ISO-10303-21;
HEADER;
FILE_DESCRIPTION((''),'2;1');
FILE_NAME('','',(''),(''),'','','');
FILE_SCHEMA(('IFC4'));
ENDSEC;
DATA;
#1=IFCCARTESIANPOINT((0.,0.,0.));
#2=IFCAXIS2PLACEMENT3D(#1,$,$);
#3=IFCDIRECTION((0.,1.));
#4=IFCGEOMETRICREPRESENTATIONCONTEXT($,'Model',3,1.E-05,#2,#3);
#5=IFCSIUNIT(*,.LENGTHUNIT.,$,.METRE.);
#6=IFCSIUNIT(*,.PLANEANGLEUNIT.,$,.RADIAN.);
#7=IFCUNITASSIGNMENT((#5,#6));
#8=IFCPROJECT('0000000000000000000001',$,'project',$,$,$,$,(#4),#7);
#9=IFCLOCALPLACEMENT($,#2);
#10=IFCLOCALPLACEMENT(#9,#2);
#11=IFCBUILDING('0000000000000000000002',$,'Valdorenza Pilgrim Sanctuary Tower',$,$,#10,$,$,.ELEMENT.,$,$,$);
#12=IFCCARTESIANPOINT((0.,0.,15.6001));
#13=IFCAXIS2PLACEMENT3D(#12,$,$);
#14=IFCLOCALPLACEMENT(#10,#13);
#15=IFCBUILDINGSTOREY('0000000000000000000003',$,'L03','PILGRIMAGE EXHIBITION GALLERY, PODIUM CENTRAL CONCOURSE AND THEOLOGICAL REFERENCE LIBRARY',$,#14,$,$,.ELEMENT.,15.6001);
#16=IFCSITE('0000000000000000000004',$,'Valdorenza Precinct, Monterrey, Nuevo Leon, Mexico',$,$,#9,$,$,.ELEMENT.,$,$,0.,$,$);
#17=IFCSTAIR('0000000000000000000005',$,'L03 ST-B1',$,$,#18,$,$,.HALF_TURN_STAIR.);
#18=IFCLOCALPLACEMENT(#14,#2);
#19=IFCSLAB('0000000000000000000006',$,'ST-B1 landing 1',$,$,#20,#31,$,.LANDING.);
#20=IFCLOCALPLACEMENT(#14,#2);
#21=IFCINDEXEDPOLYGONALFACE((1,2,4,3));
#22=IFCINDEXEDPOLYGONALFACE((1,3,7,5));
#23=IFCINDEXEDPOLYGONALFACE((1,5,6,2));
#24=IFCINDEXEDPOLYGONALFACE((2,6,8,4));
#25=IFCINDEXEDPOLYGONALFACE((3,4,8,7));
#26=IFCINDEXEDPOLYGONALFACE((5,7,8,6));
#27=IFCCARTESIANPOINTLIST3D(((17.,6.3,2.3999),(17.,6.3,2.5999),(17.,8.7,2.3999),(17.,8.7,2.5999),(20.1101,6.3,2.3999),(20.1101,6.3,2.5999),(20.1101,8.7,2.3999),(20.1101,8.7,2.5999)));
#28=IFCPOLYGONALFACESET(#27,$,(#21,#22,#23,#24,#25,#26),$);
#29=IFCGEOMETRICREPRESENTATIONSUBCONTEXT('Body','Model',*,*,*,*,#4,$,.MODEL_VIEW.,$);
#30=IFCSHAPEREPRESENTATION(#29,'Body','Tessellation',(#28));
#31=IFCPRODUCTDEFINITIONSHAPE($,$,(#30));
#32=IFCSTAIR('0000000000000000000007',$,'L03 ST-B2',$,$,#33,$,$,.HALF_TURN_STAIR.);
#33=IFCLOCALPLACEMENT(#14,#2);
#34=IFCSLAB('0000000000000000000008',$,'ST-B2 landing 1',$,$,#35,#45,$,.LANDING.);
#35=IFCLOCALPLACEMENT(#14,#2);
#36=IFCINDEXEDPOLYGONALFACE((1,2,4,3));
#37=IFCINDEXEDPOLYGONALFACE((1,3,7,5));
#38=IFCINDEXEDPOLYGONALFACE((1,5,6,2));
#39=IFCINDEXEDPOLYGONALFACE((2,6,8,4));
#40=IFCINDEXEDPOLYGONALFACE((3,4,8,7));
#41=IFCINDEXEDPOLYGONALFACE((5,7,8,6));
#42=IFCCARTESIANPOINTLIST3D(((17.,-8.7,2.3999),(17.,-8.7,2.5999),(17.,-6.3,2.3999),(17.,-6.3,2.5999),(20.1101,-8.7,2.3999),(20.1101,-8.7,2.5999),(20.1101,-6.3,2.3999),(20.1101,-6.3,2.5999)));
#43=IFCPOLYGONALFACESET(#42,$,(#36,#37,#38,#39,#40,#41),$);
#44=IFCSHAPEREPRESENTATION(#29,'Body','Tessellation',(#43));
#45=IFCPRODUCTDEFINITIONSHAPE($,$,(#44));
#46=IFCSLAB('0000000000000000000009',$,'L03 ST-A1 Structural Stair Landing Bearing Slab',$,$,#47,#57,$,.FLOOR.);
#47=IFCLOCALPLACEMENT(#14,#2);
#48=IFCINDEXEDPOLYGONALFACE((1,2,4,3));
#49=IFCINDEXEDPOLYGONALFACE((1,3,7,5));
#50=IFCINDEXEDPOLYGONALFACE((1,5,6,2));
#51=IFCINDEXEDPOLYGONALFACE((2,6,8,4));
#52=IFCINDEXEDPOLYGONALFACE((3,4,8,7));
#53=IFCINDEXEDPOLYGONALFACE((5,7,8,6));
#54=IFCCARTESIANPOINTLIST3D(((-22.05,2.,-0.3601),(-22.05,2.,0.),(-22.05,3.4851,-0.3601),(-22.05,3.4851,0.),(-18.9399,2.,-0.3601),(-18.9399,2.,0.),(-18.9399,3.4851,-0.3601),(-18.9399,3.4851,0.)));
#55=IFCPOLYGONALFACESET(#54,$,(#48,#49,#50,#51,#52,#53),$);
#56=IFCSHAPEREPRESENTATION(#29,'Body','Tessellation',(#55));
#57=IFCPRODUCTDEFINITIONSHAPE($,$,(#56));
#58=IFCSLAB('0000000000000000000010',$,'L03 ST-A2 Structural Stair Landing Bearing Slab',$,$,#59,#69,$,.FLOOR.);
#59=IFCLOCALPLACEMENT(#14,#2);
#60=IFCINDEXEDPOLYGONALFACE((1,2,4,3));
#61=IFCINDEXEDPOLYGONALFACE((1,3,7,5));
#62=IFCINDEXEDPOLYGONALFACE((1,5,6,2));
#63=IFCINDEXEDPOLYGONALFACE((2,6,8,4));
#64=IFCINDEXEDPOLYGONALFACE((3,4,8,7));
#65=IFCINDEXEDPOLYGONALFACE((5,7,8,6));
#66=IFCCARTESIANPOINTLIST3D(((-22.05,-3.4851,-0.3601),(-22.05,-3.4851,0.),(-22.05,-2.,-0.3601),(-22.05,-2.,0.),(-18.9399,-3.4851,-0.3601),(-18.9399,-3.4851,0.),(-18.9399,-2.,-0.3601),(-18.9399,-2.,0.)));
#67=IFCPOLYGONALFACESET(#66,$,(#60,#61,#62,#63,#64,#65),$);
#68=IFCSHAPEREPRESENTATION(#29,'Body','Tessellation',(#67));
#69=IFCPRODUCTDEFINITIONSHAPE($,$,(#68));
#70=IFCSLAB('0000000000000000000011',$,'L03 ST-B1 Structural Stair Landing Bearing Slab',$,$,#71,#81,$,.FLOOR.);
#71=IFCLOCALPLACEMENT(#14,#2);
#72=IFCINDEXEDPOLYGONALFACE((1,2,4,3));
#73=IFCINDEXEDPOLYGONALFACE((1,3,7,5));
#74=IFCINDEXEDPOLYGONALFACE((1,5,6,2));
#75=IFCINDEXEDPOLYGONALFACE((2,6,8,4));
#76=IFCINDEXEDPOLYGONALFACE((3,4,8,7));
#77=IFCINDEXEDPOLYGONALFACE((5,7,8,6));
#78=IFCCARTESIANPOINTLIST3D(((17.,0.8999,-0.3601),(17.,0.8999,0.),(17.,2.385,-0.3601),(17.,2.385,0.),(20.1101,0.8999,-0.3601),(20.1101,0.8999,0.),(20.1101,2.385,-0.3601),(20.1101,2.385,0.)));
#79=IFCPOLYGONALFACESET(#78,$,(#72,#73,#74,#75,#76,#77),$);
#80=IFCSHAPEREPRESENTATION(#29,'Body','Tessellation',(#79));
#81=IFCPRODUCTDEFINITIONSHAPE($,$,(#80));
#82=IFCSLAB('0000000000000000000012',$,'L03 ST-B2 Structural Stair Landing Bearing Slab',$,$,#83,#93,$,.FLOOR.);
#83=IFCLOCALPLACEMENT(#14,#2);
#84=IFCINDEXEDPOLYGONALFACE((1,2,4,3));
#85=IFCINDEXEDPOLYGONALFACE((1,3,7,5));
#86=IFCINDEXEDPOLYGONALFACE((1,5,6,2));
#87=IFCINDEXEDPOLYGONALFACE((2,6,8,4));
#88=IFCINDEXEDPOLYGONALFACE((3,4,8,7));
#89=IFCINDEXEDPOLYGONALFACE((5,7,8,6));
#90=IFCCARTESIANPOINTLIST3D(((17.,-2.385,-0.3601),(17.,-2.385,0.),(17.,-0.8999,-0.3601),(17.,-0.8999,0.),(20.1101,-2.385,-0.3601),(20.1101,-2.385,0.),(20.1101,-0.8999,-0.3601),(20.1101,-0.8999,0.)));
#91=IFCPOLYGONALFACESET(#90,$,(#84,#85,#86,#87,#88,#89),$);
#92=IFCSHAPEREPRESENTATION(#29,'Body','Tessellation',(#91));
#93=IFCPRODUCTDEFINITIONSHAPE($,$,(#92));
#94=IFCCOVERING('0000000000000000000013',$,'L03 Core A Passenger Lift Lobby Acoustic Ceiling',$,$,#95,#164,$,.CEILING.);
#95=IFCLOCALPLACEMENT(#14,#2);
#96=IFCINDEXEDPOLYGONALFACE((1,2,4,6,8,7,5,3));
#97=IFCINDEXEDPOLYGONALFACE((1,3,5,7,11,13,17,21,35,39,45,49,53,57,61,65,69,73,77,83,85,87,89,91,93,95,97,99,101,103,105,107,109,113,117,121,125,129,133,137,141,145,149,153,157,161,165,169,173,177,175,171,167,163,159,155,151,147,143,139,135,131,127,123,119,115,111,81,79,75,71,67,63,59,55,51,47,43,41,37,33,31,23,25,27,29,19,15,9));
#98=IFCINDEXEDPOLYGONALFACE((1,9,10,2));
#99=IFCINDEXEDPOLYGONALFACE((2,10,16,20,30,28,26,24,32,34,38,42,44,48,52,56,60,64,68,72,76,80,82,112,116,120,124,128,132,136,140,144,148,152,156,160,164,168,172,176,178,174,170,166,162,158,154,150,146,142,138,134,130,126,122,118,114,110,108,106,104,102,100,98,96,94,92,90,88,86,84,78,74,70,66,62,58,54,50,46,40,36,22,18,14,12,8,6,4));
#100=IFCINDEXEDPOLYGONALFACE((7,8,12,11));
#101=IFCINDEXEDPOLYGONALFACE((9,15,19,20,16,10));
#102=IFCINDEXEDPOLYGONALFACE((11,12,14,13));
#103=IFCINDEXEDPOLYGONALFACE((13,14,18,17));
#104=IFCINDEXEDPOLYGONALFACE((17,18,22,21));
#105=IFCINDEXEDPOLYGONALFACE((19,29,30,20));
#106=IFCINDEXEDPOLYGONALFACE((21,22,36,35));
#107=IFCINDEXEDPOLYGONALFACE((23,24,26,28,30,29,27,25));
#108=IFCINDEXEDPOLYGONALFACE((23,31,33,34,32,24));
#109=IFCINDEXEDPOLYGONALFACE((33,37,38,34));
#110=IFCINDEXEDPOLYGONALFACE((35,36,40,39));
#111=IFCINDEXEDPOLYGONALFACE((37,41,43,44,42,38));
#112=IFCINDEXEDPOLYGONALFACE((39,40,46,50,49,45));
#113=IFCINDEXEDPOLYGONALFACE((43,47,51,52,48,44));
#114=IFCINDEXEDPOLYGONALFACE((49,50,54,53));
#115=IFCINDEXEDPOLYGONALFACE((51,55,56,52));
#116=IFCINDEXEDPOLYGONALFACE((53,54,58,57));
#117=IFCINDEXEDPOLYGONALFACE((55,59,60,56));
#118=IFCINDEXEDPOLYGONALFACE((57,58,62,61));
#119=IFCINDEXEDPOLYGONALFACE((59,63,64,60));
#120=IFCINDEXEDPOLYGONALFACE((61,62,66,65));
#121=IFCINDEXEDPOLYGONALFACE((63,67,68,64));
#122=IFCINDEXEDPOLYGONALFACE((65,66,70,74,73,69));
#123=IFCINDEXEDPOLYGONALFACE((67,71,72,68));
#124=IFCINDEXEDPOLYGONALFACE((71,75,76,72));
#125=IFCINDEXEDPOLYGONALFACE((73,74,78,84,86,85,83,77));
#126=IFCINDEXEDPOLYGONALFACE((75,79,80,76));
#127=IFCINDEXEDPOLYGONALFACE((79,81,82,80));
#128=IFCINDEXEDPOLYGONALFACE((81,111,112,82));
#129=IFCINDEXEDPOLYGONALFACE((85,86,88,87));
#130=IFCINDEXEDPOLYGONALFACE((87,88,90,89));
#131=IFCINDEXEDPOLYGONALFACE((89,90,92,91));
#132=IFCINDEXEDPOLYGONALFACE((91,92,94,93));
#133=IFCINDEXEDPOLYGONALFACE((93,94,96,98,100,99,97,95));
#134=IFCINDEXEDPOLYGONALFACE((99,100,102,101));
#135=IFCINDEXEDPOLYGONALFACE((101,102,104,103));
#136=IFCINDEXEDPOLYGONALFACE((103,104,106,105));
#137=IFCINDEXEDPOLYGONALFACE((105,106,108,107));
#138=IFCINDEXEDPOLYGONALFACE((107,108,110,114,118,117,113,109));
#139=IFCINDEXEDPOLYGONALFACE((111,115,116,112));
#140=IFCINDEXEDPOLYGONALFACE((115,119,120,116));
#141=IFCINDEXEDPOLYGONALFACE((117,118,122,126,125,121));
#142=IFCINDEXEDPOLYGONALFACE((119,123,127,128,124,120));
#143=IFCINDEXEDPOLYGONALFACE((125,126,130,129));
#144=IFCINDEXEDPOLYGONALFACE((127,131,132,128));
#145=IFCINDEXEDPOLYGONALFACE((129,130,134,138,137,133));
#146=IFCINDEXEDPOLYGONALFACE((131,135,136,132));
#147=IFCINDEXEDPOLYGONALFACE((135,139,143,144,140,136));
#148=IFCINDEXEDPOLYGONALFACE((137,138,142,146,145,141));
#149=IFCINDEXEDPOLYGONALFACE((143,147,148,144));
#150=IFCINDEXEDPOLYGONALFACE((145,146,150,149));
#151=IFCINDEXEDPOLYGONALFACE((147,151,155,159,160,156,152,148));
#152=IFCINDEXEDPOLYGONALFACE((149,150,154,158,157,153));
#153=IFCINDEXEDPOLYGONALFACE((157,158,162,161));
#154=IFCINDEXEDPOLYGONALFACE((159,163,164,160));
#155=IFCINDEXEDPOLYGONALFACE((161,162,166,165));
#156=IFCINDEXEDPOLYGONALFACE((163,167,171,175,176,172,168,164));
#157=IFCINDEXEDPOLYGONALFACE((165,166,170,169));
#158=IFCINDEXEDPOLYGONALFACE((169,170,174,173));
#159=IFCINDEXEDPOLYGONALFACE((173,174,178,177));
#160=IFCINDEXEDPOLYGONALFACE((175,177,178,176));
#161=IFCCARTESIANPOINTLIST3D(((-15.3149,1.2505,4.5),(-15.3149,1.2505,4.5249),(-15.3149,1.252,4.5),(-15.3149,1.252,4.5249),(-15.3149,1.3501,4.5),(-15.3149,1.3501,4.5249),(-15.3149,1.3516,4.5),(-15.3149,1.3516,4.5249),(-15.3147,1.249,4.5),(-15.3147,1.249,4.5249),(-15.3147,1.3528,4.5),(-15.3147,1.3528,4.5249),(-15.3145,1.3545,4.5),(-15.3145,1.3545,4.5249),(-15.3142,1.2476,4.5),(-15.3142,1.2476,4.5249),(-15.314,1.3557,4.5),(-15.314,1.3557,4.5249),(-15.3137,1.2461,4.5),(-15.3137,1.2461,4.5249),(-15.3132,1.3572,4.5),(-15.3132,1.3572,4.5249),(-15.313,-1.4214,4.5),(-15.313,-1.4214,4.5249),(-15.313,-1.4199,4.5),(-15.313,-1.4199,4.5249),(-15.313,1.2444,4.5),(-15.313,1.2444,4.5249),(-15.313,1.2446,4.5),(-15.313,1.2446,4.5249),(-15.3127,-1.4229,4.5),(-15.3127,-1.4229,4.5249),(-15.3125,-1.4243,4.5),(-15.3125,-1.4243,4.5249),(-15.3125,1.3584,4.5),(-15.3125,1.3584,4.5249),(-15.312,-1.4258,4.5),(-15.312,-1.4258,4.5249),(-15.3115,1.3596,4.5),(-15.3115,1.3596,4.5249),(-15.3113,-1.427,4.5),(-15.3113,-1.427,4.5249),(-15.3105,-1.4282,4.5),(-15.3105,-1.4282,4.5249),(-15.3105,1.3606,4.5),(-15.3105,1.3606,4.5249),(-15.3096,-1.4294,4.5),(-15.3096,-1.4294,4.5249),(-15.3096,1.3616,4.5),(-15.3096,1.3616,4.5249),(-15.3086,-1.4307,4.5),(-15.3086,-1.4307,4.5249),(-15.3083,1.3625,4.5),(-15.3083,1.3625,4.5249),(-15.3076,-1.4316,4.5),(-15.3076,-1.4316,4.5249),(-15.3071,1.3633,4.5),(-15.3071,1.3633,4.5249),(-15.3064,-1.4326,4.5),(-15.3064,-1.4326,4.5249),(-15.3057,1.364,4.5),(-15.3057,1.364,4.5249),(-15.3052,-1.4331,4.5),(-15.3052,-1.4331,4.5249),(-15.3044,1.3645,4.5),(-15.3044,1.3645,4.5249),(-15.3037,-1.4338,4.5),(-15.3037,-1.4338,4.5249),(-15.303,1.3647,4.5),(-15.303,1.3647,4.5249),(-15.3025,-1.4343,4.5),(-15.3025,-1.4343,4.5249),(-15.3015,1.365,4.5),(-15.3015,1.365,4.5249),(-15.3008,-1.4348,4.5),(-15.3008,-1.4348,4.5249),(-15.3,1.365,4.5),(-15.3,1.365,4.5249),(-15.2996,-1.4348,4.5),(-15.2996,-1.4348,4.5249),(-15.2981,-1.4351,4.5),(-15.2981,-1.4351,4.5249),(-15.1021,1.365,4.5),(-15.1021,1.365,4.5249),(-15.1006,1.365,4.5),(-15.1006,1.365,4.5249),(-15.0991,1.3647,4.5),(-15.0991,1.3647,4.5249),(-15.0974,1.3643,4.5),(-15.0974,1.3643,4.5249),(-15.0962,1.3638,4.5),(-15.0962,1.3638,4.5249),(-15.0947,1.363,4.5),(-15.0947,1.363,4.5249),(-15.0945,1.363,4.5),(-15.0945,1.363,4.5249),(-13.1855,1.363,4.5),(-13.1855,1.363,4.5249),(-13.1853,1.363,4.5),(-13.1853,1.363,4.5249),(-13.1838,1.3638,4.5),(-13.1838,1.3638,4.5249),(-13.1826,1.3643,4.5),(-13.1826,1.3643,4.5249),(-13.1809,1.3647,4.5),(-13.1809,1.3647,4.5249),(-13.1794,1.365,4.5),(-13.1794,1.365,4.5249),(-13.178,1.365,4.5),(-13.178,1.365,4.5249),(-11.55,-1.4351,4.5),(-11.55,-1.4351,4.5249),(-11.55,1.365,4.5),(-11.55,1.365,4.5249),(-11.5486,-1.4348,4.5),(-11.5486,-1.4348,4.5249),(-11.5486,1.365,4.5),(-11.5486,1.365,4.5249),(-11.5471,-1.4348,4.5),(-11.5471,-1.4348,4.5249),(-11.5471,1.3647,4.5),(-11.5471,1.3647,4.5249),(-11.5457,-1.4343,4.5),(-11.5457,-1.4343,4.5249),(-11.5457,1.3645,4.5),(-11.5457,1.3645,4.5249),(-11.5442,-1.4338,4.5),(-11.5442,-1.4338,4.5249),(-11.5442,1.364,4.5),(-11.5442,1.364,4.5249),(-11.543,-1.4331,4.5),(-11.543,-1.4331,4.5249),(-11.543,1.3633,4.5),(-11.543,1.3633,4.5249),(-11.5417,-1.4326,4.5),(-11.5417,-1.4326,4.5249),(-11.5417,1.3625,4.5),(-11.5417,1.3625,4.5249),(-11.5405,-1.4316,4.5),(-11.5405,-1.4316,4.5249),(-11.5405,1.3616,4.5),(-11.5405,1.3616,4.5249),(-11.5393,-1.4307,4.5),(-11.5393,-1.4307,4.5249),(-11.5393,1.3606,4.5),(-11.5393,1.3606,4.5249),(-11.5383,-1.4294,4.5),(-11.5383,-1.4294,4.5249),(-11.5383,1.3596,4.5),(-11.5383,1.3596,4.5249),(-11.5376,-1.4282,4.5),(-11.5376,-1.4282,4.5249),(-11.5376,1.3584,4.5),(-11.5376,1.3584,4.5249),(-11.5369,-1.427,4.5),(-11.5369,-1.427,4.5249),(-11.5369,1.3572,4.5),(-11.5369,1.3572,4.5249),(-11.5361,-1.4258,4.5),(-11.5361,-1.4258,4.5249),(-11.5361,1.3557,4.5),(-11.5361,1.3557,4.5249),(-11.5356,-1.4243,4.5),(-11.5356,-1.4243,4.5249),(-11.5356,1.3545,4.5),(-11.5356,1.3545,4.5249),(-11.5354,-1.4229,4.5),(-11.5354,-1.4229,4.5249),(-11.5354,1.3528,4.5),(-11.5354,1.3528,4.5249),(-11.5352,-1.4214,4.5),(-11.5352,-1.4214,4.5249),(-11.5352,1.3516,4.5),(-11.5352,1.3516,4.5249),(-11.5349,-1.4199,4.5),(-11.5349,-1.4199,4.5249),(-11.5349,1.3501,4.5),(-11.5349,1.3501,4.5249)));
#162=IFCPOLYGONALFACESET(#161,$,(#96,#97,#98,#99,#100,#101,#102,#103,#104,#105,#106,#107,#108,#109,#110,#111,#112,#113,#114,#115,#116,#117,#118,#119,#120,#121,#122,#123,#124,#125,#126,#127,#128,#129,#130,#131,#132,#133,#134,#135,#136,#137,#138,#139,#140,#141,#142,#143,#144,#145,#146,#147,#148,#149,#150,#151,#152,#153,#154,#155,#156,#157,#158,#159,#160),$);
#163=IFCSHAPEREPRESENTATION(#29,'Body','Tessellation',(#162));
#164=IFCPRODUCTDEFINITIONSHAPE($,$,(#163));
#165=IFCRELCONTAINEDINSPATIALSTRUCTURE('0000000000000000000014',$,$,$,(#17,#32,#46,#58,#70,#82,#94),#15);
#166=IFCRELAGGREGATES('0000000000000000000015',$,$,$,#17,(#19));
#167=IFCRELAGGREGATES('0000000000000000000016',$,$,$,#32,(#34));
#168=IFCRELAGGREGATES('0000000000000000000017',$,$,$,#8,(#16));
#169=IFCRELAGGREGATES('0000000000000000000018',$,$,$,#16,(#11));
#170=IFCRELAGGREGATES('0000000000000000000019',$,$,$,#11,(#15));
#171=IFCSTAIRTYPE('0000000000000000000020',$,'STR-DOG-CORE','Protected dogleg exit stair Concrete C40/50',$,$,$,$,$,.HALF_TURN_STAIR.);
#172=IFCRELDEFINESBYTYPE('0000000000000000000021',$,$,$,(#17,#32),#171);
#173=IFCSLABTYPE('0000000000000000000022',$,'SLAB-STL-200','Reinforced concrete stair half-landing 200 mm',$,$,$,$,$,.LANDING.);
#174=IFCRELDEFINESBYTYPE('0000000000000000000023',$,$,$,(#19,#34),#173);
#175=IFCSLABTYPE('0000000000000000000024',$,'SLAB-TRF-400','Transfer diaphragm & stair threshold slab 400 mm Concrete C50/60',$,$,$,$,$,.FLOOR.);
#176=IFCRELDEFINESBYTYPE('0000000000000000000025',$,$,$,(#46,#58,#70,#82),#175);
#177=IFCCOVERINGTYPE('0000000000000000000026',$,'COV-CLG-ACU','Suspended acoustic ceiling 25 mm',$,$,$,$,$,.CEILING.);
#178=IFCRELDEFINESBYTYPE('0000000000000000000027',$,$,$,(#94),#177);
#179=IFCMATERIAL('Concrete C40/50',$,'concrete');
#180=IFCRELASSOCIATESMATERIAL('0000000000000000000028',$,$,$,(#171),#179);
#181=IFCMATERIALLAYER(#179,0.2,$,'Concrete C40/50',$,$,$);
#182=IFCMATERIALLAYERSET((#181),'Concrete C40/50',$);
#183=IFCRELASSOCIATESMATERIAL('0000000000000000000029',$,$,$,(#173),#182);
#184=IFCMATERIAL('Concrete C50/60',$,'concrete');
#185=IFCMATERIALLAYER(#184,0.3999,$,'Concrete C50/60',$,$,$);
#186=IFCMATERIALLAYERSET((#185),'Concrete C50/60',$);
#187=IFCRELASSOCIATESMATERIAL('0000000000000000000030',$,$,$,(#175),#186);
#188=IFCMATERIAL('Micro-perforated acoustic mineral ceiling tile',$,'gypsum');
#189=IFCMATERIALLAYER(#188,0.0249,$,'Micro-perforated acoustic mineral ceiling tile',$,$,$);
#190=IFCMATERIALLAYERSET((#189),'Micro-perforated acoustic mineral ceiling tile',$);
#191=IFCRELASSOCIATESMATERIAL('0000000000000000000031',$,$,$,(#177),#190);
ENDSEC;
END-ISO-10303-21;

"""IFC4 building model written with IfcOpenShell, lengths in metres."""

from ifc_helpers import new_model, si_unit, direction, frame, origin, place, context, subcontext, project, spatial, polyline, outline, extrude, material, layer, layer_set, type_object, element, aggregate, save


model = new_model("IFC4")

# Units and contexts
model_context = context("Model", 3, precision=1e-05, world=origin(), true_north=direction((0.0, 1.0)))
body_context = subcontext(model_context, "Body", "Model", "MODEL_VIEW")
ifc_project = project(units=[si_unit("LENGTHUNIT", "METRE"), si_unit("PLANEANGLEUNIT", "RADIAN")], contexts=[model_context])

# Site, building, storey
site_placement = place(None, origin())
site = spatial("IfcSite", under=ifc_project, at=site_placement, Name="Valdorenza Precinct, Monterrey, Nuevo Leon, Mexico", CompositionType="ELEMENT", RefElevation=0.0)
building_placement = place(site_placement, origin())
building = spatial("IfcBuilding", under=site, at=building_placement, Name="Valdorenza Pilgrim Sanctuary Tower", CompositionType="ELEMENT")
storey_placement = place(building_placement, frame((0.0, 0.0, 15.6001)))
storey = spatial("IfcBuildingStorey", under=building, at=storey_placement, Name="L03", Description="PILGRIMAGE EXHIBITION GALLERY, PODIUM CENTRAL CONCOURSE AND THEOLOGICAL REFERENCE LIBRARY", CompositionType="ELEMENT", Elevation=15.6001)

# Shared definitions
ifc_material_1 = material(Name="Concrete C40/50", Category="concrete")

# Stairs, slabs
stair_type = type_object("IfcStairType", Name="STR-DOG-CORE", Description="Protected dogleg exit stair Concrete C40/50", PredefinedType="HALF_TURN_STAIR", material=ifc_material_1)
ifc_layer_1 = layer(ifc_material_1, 0.2, Name="Concrete C40/50")
ifc_layer_set_1 = layer_set([ifc_layer_1], Name="Concrete C40/50")
slab_type_1 = type_object("IfcSlabType", Name="SLAB-STL-200", Description="Reinforced concrete stair half-landing 200 mm", PredefinedType="LANDING", material=ifc_layer_set_1)
stair_1_placement = place(storey_placement, origin())
stair_1 = element("IfcStair", 1, at=stair_1_placement, inside=storey, type_object=stair_type, Name="L03 ST-B1", PredefinedType="HALF_TURN_STAIR")
slab_1_placement = place(storey_placement, frame((0.0, 0.0, 2.3999)))
slab_1 = element("IfcSlab", 2, at=slab_1_placement, type_object=slab_type_1, Name="ST-B1 landing 1", PredefinedType="LANDING", context=body_context, shape_type="SweptSolid", body=[
    extrude(outline(polyline([(20.1101, 6.3), (20.1101, 8.7), (17.0, 8.7), (17.0, 6.3), (20.1101, 6.3)])), origin(), (0.0, 0.0, 1.0), 0.2),
])
aggregate(stair_1, [slab_1])
stair_2_placement = place(storey_placement, origin())
stair_2 = element("IfcStair", 3, at=stair_2_placement, inside=storey, type_object=stair_type, Name="L03 ST-B2", PredefinedType="HALF_TURN_STAIR")
slab_2_placement = place(storey_placement, frame((0.0, 0.0, 2.3999)))
slab_2 = element("IfcSlab", 4, at=slab_2_placement, type_object=slab_type_1, Name="ST-B2 landing 1", PredefinedType="LANDING", context=body_context, shape_type="SweptSolid", body=[
    extrude(outline(polyline([(17.0, -6.3), (17.0, -8.7), (20.1101, -8.7), (20.1101, -6.3), (17.0, -6.3)])), origin(), (0.0, 0.0, 1.0), 0.2),
])
aggregate(stair_2, [slab_2])

# Slabs
ifc_material_2 = material(Name="Concrete C50/60", Category="concrete")
ifc_layer_2 = layer(ifc_material_2, 0.3999, Name="Concrete C50/60")
ifc_layer_set_2 = layer_set([ifc_layer_2], Name="Concrete C50/60")
slab_type_2 = type_object("IfcSlabType", Name="SLAB-TRF-400", Description="Transfer diaphragm & stair threshold slab 400 mm Concrete C50/60", PredefinedType="FLOOR", material=ifc_layer_set_2)
slab_3_placement = place(storey_placement, frame((0.0, 0.0, -0.3601)))
element("IfcSlab", 5, at=slab_3_placement, inside=storey, type_object=slab_type_2, Name="L03 ST-A1 Structural Stair Landing Bearing Slab", PredefinedType="FLOOR", context=body_context, shape_type="SweptSolid", body=[
    extrude(outline(polyline([(-22.05, 2.0), (-18.9399, 2.0), (-18.9399, 3.4851), (-22.05, 3.4851), (-22.05, 2.0)])), origin(), (0.0, 0.0, 1.0), 0.3601),
])
slab_4_placement = place(storey_placement, frame((0.0, 0.0, -0.3601)))
element("IfcSlab", 6, at=slab_4_placement, inside=storey, type_object=slab_type_2, Name="L03 ST-A2 Structural Stair Landing Bearing Slab", PredefinedType="FLOOR", context=body_context, shape_type="SweptSolid", body=[
    extrude(outline(polyline([(-22.05, -3.4851), (-18.9399, -3.4851), (-18.9399, -2.0), (-22.05, -2.0), (-22.05, -3.4851)])), origin(), (0.0, 0.0, 1.0), 0.3601),
])
slab_5_placement = place(storey_placement, frame((0.0, 0.0, -0.3601)))
element("IfcSlab", 7, at=slab_5_placement, inside=storey, type_object=slab_type_2, Name="L03 ST-B1 Structural Stair Landing Bearing Slab", PredefinedType="FLOOR", context=body_context, shape_type="SweptSolid", body=[
    extrude(outline(polyline([(17.0, 0.8999), (20.1101, 0.8999), (20.1101, 2.385), (17.0, 2.385), (17.0, 0.8999)])), origin(), (0.0, 0.0, 1.0), 0.3601),
])
slab_6_placement = place(storey_placement, frame((0.0, 0.0, -0.3601)))
element("IfcSlab", 8, at=slab_6_placement, inside=storey, type_object=slab_type_2, Name="L03 ST-B2 Structural Stair Landing Bearing Slab", PredefinedType="FLOOR", context=body_context, shape_type="SweptSolid", body=[
    extrude(outline(polyline([(17.0, -2.385), (20.1101, -2.385), (20.1101, -0.8999), (17.0, -0.8999), (17.0, -2.385)])), origin(), (0.0, 0.0, 1.0), 0.3601),
])

# Covering
ifc_material_3 = material(Name="Micro-perforated acoustic mineral ceiling tile", Category="gypsum")
ifc_layer_3 = layer(ifc_material_3, 0.0249, Name="Micro-perforated acoustic mineral ceiling tile")
ifc_layer_set_3 = layer_set([ifc_layer_3], Name="Micro-perforated acoustic mineral ceiling tile")
covering_type_1 = type_object("IfcCoveringType", Name="COV-CLG-ACU", Description="Suspended acoustic ceiling 25 mm", PredefinedType="CEILING", material=ifc_layer_set_3)
covering_1_placement = place(storey_placement, frame((0.0, 0.0, 4.5)))
element("IfcCovering", 9, at=covering_1_placement, inside=storey, type_object=covering_type_1, Name="L03 Core A Passenger Lift Lobby Acoustic Ceiling", PredefinedType="CEILING", context=body_context, shape_type="SweptSolid", body=[
    extrude(outline(polyline([(-15.313, 1.2444), (-15.313, 1.2446), (-15.3137, 1.2461), (-15.3142, 1.2476), (-15.3147, 1.249), (-15.3149, 1.2505), (-15.3149, 1.252), (-15.3149, 1.3501), (-15.3149, 1.3516), (-15.3147, 1.3528), (-15.3145, 1.3545), (-15.314, 1.3557), (-15.3132, 1.3572), (-15.3125, 1.3584), (-15.3115, 1.3596), (-15.3105, 1.3606), (-15.3096, 1.3616), (-15.3083, 1.3625), (-15.3071, 1.3633), (-15.3057, 1.364), (-15.3044, 1.3645), (-15.303, 1.3647), (-15.3015, 1.365), (-15.3, 1.365), (-15.1021, 1.365), (-15.1006, 1.365), (-15.0991, 1.3647), (-15.0974, 1.3643), (-15.0962, 1.3638), (-15.0947, 1.363), (-15.0945, 1.363), (-13.1855, 1.363), (-13.1853, 1.363), (-13.1838, 1.3638), (-13.1826, 1.3643), (-13.1809, 1.3647), (-13.1794, 1.365), (-13.178, 1.365), (-11.55, 1.365), (-11.5486, 1.365), (-11.5471, 1.3647), (-11.5457, 1.3645), (-11.5442, 1.364), (-11.543, 1.3633), (-11.5417, 1.3625), (-11.5405, 1.3616), (-11.5393, 1.3606), (-11.5383, 1.3596), (-11.5376, 1.3584), (-11.5369, 1.3572), (-11.5361, 1.3557), (-11.5356, 1.3545), (-11.5354, 1.3528), (-11.5352, 1.3516), (-11.5349, 1.3501), (-11.5349, -1.4199), (-11.5352, -1.4214), (-11.5354, -1.4229), (-11.5356, -1.4243), (-11.5361, -1.4258), (-11.5369, -1.427), (-11.5376, -1.4282), (-11.5383, -1.4294), (-11.5393, -1.4307), (-11.5405, -1.4316), (-11.5417, -1.4326), (-11.543, -1.4331), (-11.5442, -1.4338), (-11.5457, -1.4343), (-11.5471, -1.4348), (-11.5486, -1.4348), (-11.55, -1.4351), (-15.2981, -1.4351), (-15.2996, -1.4348), (-15.3008, -1.4348), (-15.3025, -1.4343), (-15.3037, -1.4338), (-15.3052, -1.4331), (-15.3064, -1.4326), (-15.3076, -1.4316), (-15.3086, -1.4307), (-15.3096, -1.4294), (-15.3105, -1.4282), (-15.3113, -1.427), (-15.312, -1.4258), (-15.3125, -1.4243), (-15.3127, -1.4229), (-15.313, -1.4214), (-15.313, -1.4199), (-15.313, 1.2444)])), origin(), (0.0, 0.0, 1.0), 0.0249),
])

save(model, "model.ifc")
